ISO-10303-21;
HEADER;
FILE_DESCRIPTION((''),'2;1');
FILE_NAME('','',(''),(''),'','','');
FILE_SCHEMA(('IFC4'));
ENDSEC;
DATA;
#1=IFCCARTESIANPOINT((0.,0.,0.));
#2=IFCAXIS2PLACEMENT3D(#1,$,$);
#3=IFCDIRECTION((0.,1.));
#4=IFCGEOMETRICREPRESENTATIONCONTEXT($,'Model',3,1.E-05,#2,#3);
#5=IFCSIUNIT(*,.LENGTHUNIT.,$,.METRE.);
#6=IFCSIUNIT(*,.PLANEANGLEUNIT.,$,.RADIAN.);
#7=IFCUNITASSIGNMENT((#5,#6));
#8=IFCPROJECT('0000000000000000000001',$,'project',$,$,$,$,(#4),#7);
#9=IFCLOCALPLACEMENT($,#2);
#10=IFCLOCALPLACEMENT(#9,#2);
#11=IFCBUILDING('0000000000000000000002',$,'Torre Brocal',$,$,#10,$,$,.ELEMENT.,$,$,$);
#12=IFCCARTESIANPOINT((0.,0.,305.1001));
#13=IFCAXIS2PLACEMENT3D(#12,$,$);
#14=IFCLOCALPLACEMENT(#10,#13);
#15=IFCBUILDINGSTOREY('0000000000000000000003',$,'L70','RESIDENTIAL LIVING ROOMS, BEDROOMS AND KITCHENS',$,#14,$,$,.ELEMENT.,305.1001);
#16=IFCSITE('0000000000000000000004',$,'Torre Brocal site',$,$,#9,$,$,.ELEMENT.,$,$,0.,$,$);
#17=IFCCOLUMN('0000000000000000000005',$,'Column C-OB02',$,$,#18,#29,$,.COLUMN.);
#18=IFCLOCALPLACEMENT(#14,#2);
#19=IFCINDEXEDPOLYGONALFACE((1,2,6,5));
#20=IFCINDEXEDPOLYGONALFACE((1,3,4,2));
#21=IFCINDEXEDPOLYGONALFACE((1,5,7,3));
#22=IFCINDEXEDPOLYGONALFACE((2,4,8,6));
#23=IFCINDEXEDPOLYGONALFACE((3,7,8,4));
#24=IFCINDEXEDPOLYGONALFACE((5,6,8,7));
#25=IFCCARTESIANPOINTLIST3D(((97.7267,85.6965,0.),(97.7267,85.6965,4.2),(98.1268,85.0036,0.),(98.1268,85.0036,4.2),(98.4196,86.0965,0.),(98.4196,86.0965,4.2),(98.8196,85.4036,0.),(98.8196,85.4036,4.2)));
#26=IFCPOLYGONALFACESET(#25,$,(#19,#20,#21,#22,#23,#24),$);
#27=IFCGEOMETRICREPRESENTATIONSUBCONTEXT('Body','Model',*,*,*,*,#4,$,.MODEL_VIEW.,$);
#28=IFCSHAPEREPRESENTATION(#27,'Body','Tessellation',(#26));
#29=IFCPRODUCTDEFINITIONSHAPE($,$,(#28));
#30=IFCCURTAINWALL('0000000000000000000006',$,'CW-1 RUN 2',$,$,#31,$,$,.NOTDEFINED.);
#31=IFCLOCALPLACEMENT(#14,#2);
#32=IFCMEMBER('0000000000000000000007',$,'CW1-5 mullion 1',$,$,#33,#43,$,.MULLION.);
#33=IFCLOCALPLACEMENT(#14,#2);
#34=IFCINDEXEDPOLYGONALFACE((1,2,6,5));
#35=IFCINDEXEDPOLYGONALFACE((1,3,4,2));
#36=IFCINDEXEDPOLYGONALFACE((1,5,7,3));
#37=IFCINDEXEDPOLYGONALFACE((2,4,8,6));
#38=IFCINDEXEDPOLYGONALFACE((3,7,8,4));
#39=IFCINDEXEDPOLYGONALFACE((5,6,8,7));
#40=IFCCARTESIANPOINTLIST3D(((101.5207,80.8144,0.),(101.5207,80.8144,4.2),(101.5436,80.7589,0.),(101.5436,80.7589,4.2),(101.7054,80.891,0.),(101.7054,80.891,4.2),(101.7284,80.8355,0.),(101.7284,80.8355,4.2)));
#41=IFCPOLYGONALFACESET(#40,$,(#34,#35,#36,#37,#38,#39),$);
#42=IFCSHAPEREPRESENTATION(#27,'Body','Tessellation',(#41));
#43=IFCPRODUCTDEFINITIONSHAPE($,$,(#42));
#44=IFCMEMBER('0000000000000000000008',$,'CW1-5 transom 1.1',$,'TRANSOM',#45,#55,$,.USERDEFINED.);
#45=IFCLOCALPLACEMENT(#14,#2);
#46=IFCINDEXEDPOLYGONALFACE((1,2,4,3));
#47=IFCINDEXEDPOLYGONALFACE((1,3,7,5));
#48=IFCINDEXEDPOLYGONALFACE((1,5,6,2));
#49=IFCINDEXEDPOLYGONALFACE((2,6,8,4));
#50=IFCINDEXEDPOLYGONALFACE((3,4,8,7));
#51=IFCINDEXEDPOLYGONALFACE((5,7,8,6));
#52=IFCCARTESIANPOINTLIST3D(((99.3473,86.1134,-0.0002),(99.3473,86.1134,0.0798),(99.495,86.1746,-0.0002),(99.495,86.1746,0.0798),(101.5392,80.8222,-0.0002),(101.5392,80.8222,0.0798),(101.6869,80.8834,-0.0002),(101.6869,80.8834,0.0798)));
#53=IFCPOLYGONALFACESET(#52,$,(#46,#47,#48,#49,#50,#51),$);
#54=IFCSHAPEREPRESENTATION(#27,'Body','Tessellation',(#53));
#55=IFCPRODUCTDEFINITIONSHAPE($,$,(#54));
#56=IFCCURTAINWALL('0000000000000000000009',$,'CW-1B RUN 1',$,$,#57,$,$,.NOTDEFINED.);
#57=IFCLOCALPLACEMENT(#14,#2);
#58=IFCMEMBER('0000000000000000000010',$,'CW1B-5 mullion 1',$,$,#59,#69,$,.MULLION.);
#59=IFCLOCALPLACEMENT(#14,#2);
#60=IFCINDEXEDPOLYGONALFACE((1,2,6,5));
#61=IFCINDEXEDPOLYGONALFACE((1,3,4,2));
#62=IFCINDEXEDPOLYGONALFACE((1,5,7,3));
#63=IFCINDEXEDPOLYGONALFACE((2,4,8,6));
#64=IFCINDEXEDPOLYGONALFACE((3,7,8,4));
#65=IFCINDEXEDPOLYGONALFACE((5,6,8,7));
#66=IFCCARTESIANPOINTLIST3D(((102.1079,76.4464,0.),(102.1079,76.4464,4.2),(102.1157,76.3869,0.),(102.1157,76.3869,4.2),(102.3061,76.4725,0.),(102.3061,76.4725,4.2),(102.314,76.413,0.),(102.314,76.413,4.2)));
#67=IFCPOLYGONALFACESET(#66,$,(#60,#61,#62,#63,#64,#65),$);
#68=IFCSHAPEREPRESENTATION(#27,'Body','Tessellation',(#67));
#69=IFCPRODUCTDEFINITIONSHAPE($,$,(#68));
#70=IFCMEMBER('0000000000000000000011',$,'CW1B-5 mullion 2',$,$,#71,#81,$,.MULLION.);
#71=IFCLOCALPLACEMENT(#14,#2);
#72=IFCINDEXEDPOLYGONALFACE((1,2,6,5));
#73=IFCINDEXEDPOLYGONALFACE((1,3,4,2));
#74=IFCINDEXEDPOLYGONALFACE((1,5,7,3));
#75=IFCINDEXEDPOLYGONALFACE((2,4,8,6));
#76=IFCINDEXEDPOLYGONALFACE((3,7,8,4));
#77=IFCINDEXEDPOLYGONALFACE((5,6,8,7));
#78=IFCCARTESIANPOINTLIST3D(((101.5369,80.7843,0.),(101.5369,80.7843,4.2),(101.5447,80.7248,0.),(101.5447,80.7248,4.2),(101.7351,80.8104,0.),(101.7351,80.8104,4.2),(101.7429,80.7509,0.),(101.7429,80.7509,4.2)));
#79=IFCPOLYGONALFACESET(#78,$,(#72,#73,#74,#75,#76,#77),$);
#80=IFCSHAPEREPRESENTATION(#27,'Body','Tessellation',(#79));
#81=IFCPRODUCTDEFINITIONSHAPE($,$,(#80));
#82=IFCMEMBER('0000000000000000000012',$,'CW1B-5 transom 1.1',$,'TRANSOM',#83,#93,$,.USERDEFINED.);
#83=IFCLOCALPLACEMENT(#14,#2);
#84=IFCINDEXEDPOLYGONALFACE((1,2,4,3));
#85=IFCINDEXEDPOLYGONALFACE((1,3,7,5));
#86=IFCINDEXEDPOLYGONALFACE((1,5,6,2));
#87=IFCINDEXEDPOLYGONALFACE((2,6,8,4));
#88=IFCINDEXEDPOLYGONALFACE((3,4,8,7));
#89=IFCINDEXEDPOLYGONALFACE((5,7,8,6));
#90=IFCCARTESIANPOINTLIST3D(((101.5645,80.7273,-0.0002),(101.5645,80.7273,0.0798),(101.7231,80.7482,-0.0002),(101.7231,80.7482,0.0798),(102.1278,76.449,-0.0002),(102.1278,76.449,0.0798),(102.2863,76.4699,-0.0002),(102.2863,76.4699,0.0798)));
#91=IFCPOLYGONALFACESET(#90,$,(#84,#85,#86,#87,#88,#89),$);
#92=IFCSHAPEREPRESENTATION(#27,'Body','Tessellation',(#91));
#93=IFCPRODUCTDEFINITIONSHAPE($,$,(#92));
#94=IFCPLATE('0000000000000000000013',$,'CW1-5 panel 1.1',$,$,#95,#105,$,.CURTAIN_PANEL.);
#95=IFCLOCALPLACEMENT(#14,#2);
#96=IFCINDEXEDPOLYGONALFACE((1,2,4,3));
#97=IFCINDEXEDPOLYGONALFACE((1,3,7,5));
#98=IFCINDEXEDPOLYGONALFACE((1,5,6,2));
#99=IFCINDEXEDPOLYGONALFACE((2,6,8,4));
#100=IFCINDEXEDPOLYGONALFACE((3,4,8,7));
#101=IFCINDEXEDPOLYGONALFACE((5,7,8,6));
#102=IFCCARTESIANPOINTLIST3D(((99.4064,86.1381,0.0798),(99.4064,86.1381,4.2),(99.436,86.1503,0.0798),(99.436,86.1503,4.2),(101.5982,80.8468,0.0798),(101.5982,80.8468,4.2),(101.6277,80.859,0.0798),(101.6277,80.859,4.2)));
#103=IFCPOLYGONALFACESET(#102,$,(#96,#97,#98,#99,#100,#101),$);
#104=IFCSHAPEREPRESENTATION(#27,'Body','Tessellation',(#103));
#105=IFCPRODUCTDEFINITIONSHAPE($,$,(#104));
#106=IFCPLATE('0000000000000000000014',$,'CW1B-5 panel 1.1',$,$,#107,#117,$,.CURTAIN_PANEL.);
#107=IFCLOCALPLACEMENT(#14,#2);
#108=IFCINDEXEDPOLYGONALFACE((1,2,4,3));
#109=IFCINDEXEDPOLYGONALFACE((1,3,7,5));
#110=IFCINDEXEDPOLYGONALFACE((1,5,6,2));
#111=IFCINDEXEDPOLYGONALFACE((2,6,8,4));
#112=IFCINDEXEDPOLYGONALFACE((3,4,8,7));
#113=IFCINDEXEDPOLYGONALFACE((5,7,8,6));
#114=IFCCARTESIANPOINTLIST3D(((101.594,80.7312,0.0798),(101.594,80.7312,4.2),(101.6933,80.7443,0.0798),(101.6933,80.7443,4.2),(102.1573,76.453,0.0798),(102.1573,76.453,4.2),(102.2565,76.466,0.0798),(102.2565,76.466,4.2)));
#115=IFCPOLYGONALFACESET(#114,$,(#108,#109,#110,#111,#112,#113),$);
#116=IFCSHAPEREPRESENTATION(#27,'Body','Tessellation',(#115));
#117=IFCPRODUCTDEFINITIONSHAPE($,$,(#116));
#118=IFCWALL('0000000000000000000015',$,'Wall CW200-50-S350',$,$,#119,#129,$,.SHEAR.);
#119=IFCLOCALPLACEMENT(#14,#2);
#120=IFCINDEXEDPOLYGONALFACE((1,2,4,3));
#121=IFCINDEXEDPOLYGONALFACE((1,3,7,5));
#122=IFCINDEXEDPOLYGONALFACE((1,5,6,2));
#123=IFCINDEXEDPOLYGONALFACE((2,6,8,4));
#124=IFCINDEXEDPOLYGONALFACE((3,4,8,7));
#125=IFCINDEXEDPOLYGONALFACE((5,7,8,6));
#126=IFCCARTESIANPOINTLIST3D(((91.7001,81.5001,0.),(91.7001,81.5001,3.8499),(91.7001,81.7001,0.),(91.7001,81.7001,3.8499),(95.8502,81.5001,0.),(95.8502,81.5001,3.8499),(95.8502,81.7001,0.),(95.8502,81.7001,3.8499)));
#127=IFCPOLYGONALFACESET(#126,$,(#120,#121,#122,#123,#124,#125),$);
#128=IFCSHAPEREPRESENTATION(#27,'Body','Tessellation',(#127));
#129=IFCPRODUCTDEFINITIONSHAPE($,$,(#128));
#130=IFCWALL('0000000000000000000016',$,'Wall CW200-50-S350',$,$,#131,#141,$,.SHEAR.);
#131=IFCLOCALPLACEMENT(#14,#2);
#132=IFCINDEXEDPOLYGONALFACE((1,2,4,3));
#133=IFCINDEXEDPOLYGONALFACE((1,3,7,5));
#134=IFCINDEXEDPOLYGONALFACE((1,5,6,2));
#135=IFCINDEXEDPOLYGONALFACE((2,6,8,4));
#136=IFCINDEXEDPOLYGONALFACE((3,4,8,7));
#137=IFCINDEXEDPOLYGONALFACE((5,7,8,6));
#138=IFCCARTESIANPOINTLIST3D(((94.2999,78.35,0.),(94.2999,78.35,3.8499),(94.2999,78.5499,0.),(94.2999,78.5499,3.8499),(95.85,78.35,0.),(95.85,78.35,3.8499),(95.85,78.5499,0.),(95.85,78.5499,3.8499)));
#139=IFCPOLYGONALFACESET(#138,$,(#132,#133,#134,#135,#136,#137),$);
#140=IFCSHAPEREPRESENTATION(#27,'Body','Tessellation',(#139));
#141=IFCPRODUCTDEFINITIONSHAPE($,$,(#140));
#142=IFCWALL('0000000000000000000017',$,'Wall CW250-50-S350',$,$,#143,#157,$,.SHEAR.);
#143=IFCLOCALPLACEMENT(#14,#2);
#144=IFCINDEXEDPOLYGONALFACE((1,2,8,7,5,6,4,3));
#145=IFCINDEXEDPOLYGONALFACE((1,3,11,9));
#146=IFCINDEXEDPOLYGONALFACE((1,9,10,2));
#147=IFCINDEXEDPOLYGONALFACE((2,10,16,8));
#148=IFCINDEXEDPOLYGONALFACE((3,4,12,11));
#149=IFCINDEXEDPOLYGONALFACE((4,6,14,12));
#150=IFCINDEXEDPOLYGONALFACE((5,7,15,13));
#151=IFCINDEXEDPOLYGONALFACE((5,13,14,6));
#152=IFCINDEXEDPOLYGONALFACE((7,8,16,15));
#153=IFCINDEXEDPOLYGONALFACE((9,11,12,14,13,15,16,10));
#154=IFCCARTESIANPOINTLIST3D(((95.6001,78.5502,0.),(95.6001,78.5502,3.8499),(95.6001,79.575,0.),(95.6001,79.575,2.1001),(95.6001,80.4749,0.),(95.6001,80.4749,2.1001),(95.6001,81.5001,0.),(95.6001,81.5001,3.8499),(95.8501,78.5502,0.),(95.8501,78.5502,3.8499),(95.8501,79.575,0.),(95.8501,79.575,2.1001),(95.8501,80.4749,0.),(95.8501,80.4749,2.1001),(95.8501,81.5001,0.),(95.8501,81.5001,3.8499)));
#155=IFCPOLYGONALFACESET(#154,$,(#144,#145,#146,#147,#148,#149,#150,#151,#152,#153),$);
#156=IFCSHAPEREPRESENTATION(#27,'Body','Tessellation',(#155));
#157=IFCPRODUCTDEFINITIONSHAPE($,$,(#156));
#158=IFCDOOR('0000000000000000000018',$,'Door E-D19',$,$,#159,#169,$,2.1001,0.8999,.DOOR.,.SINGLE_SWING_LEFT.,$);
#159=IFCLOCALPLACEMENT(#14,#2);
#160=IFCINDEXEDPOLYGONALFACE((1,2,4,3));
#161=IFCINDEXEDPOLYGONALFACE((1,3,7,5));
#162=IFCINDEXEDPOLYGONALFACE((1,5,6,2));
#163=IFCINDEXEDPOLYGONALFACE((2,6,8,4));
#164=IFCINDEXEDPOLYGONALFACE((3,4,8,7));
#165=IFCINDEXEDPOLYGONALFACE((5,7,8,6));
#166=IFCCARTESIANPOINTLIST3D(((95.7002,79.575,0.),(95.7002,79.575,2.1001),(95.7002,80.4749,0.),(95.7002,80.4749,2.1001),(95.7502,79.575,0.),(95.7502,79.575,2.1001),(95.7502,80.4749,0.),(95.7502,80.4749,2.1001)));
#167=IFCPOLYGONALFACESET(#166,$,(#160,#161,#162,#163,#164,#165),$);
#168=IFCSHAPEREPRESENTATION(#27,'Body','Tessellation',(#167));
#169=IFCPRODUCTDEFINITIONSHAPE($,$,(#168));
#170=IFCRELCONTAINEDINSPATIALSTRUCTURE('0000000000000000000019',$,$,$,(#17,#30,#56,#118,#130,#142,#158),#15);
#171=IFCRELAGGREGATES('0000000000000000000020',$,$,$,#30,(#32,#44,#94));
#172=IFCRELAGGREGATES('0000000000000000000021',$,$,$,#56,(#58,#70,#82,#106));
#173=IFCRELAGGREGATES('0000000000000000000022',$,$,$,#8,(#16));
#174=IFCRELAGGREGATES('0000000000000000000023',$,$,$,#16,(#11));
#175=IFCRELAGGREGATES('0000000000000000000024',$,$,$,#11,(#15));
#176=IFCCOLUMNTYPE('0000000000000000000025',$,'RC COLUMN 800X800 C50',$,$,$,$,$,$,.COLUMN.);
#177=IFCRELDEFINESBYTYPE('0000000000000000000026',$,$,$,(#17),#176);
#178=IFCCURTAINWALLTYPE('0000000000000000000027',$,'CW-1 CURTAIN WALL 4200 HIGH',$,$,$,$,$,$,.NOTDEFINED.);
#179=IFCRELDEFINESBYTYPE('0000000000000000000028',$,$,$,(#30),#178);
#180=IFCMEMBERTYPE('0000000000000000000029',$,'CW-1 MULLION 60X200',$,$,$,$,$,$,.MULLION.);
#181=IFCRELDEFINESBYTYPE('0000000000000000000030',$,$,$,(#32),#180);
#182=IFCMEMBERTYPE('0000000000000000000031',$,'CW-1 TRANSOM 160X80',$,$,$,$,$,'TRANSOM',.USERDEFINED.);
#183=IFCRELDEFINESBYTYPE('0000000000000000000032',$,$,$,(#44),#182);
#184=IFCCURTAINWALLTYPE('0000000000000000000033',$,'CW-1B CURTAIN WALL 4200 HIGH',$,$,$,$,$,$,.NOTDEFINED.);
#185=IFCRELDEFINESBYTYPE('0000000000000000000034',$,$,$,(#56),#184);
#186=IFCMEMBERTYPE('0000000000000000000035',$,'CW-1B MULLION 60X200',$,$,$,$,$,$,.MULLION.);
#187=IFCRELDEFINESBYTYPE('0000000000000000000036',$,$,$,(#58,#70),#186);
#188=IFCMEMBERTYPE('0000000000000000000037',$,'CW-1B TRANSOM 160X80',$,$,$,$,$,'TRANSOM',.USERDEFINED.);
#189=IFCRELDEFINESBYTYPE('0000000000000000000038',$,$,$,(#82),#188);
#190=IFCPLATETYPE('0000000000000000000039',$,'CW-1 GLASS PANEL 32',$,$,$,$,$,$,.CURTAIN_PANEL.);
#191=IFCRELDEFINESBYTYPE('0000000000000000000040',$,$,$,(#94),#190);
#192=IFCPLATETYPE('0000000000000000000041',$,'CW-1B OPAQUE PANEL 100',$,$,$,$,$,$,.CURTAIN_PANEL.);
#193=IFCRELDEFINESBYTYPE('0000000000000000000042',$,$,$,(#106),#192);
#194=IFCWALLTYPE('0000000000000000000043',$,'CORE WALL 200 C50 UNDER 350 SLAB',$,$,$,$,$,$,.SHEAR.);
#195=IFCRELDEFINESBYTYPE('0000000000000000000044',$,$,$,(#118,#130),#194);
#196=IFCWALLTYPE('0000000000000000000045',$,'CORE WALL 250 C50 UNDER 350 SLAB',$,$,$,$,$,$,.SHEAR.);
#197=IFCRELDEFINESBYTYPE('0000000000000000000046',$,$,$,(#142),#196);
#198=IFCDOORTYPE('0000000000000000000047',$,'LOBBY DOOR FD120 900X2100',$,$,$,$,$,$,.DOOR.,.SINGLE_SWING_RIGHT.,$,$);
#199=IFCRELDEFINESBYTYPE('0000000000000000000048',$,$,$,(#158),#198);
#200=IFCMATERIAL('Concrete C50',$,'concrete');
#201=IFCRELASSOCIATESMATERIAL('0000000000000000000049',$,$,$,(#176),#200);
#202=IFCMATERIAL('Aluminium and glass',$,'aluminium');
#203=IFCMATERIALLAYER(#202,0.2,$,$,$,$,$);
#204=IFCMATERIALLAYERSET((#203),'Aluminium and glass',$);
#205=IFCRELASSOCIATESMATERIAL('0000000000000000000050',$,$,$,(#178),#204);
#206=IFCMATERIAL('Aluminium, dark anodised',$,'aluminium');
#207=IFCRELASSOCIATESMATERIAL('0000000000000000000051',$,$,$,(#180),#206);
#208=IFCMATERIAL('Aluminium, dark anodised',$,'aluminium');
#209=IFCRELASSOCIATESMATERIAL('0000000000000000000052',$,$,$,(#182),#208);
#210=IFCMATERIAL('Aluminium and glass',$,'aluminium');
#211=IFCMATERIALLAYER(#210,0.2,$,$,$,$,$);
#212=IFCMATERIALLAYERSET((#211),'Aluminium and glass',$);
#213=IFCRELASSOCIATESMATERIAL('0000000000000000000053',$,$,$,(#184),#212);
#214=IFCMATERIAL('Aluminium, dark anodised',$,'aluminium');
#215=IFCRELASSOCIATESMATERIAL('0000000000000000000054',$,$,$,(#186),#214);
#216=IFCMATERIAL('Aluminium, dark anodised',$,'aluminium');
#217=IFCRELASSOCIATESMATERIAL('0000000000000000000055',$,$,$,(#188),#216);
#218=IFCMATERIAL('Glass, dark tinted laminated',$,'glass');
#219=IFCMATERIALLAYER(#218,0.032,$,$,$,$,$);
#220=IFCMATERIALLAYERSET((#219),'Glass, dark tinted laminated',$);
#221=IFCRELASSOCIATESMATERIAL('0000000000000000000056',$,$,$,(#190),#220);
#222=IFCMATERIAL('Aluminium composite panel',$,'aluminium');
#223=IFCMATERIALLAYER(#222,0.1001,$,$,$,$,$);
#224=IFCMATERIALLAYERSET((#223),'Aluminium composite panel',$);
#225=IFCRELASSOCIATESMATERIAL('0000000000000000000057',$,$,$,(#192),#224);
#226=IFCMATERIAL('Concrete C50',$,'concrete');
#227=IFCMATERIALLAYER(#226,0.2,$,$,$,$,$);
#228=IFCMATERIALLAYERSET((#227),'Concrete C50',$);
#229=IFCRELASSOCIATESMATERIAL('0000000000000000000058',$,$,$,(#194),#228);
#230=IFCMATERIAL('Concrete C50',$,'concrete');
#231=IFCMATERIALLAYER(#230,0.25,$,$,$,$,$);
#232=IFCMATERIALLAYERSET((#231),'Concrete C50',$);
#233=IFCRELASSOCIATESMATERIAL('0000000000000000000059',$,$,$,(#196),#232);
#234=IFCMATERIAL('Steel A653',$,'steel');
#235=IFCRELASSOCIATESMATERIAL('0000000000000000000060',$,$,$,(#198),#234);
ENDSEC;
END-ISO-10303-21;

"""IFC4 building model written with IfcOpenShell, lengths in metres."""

from ifc_helpers import new_model, si_unit, direction, frame, frame_2d, origin, origin_2d, place, context, subcontext, project, spatial, rectangle, extrude, material, layer, layer_set, material_profile, profile_set, type_object, element, fill, aggregate, save


model = new_model("IFC4")

# Units and contexts
model_context = context("Model", 3, precision=1e-05, world=origin(), true_north=direction((0.0, 1.0)))
body_context = subcontext(model_context, "Body", "Model", "MODEL_VIEW")
ifc_project = project(units=[si_unit("LENGTHUNIT", "METRE"), si_unit("PLANEANGLEUNIT", "RADIAN")], contexts=[model_context])

# Site, building, storey
site_placement = place(None, origin())
site = spatial("IfcSite", under=ifc_project, at=site_placement, Name="Torre Brocal site", CompositionType="ELEMENT", RefElevation=0.0)
building_placement = place(site_placement, origin())
building = spatial("IfcBuilding", under=site, at=building_placement, Name="Torre Brocal", CompositionType="ELEMENT")
storey_placement = place(building_placement, frame((0.0, 0.0, 305.1001)))
storey = spatial("IfcBuildingStorey", under=building, at=storey_placement, Name="L70", Description="RESIDENTIAL LIVING ROOMS, BEDROOMS AND KITCHENS", CompositionType="ELEMENT", Elevation=305.1001)

# Column
ifc_material_1 = material(Name="Concrete C50", Category="concrete")
ifc_material_profile_1 = material_profile(ifc_material_1, rectangle(XDim=0.8, YDim=0.8, at=origin_2d()), Name="RC 800X800")
ifc_profile_set_1 = profile_set([ifc_material_profile_1], Name="Concrete C50")
column_type = type_object("IfcColumnType", Name="RC COLUMN 800X800 C50", PredefinedType="COLUMN", material=ifc_profile_set_1)
column_placement = place(storey_placement, frame((98.2732, 85.55, 0.0), z_axis=(0.0, 0.0, 1.0), x_axis=(0.866025, 0.5, 0.0)))
element("IfcColumn", 1, at=column_placement, inside=storey, type_object=column_type, Name="Column C-OB02", PredefinedType="COLUMN", context=body_context, shape_type="SweptSolid", body=[
    extrude(rectangle(XDim=0.8, YDim=0.8, at=origin_2d()), origin(), (0.0, 0.0, 1.0), 4.2),
])

# Curtain walls, members
ifc_material_2 = material(Name="Aluminium and glass", Category="aluminium")
ifc_layer_1 = layer(ifc_material_2, 0.2)
ifc_layer_set_1 = layer_set([ifc_layer_1], Name="Aluminium and glass")
curtain_wall_type_1 = type_object("IfcCurtainWallType", Name="CW-1 CURTAIN WALL 4200 HIGH", PredefinedType="NOTDEFINED", material=ifc_layer_set_1)
curtain_wall_1_placement = place(storey_placement, origin())
curtain_wall_1 = element("IfcCurtainWall", 2, at=curtain_wall_1_placement, inside=storey, type_object=curtain_wall_type_1, Name="CW-1 RUN 2", PredefinedType="NOTDEFINED")
ifc_material_3 = material(Name="Aluminium, dark anodised", Category="aluminium")
ifc_material_profile_2 = material_profile(ifc_material_3, rectangle(XDim=0.2, YDim=0.0601, at=origin_2d()), Name="CW-1 MULLION 60X200")
ifc_profile_set_2 = profile_set([ifc_material_profile_2], Name="Aluminium, dark anodised")
member_type_1 = type_object("IfcMemberType", Name="CW-1 MULLION 60X200", PredefinedType="MULLION", material=ifc_profile_set_2)
member_1_placement = place(storey_placement, frame((101.6245, 80.825, 0.0), z_axis=(0.0, 0.0, 1.0), x_axis=(-0.92388, -0.382683, 0.0)))
member_1 = element("IfcMember", 3, at=member_1_placement, type_object=member_type_1, Name="CW1-5 mullion 1", PredefinedType="MULLION", context=body_context, shape_type="SweptSolid", body=[
    extrude(rectangle(XDim=0.2, YDim=0.0601, at=origin_2d()), origin(), (0.0, 0.0, 1.0), 4.2),
])
ifc_material_4 = material(Name="Aluminium, dark anodised", Category="aluminium")
ifc_material_profile_3 = material_profile(ifc_material_4, rectangle(XDim=0.1599, YDim=0.0801, at=origin_2d()), Name="CW-1 TRANSOM 160X80")
ifc_profile_set_3 = profile_set([ifc_material_profile_3], Name="Aluminium, dark anodised")
member_type_2 = type_object("IfcMemberType", Name="CW-1 TRANSOM 160X80", ElementType="TRANSOM", PredefinedType="USERDEFINED", material=ifc_profile_set_3)
member_2_placement = place(storey_placement, frame((101.613, 80.8528, 0.0398), z_axis=(-0.382711, 0.923868, 0.0), x_axis=(-0.923868, -0.382711, 0.0)))
member_2 = element("IfcMember", 4, at=member_2_placement, type_object=member_type_2, Name="CW1-5 transom 1.1", ObjectType="TRANSOM", PredefinedType="USERDEFINED", context=body_context, shape_type="SweptSolid", body=[
    extrude(rectangle(XDim=0.1599, YDim=0.0801, at=origin_2d()), origin(), (0.0, 0.0, 1.0), 5.7273),
])
ifc_material_5 = material(Name="Aluminium and glass", Category="aluminium")
ifc_layer_2 = layer(ifc_material_5, 0.2)
ifc_layer_set_2 = layer_set([ifc_layer_2], Name="Aluminium and glass")
curtain_wall_type_2 = type_object("IfcCurtainWallType", Name="CW-1B CURTAIN WALL 4200 HIGH", PredefinedType="NOTDEFINED", material=ifc_layer_set_2)
curtain_wall_2_placement = place(storey_placement, origin())
curtain_wall_2 = element("IfcCurtainWall", 5, at=curtain_wall_2_placement, inside=storey, type_object=curtain_wall_type_2, Name="CW-1B RUN 1", PredefinedType="NOTDEFINED")
ifc_material_6 = material(Name="Aluminium, dark anodised", Category="aluminium")
ifc_material_profile_4 = material_profile(ifc_material_6, rectangle(XDim=0.2, YDim=0.0601, at=origin_2d()), Name="CW-1B MULLION 60X200")
ifc_profile_set_4 = profile_set([ifc_material_profile_4], Name="Aluminium, dark anodised")
member_type_3 = type_object("IfcMemberType", Name="CW-1B MULLION 60X200", PredefinedType="MULLION", material=ifc_profile_set_4)
member_3_placement = place(storey_placement, frame((102.2109, 76.4297, 0.0), z_axis=(0.0, 0.0, 1.0), x_axis=(-0.991445, -0.130526, 0.0)))
member_3 = element("IfcMember", 6, at=member_3_placement, type_object=member_type_3, Name="CW1B-5 mullion 1", PredefinedType="MULLION", context=body_context, shape_type="SweptSolid", body=[
    extrude(rectangle(XDim=0.2, YDim=0.0601, at=origin_2d()), origin(), (0.0, 0.0, 1.0), 4.2),
])
member_4_placement = place(storey_placement, frame((101.6399, 80.7676, 0.0), z_axis=(0.0, 0.0, 1.0), x_axis=(-0.991445, -0.130526, 0.0)))
member_4 = element("IfcMember", 7, at=member_4_placement, type_object=member_type_3, Name="CW1B-5 mullion 2", PredefinedType="MULLION", context=body_context, shape_type="SweptSolid", body=[
    extrude(rectangle(XDim=0.2, YDim=0.0601, at=origin_2d()), origin(), (0.0, 0.0, 1.0), 4.2),
])
ifc_material_7 = material(Name="Aluminium, dark anodised", Category="aluminium")
ifc_material_profile_5 = material_profile(ifc_material_7, rectangle(XDim=0.1599, YDim=0.0801, at=origin_2d()), Name="CW-1B TRANSOM 160X80")
ifc_profile_set_5 = profile_set([ifc_material_profile_5], Name="Aluminium, dark anodised")
member_type_4 = type_object("IfcMemberType", Name="CW-1B TRANSOM 160X80", ElementType="TRANSOM", PredefinedType="USERDEFINED", material=ifc_profile_set_5)
member_5_placement = place(storey_placement, frame((102.207, 76.4595, 0.0398), z_axis=(-0.130522, 0.991445, 0.0), x_axis=(-0.991445, -0.130522, 0.0)))
member_5 = element("IfcMember", 8, at=member_5_placement, type_object=member_type_4, Name="CW1B-5 transom 1.1", ObjectType="TRANSOM", PredefinedType="USERDEFINED", context=body_context, shape_type="SweptSolid", body=[
    extrude(rectangle(XDim=0.1599, YDim=0.0801, at=origin_2d()), origin(), (0.0, 0.0, 1.0), 4.3152),
])

# Plates
ifc_material_8 = material(Name="Glass, dark tinted laminated", Category="glass")
ifc_layer_3 = layer(ifc_material_8, 0.032)
ifc_layer_set_3 = layer_set([ifc_layer_3], Name="Glass, dark tinted laminated")
plate_type_1 = type_object("IfcPlateType", Name="CW-1 GLASS PANEL 32", PredefinedType="CURTAIN_PANEL", material=ifc_layer_set_3)
plate_1_placement = place(storey_placement, frame((100.5171, 83.4985, 0.0798), z_axis=(0.0, 0.0, 1.0), x_axis=(-0.382683, 0.92388, 0.0)))
plate_1 = element("IfcPlate", 9, at=plate_1_placement, type_object=plate_type_1, Name="CW1-5 panel 1.1", PredefinedType="CURTAIN_PANEL", context=body_context, shape_type="SweptSolid", body=[
    extrude(rectangle(XDim=5.7273, YDim=0.032, at=origin_2d()), origin(), (0.0, 0.0, 1.0), 4.1201),
])
aggregate(curtain_wall_1, [member_1, member_2, plate_1])
ifc_material_9 = material(Name="Aluminium composite panel", Category="aluminium")
ifc_layer_4 = layer(ifc_material_9, 0.1001)
ifc_layer_set_4 = layer_set([ifc_layer_4], Name="Aluminium composite panel")
plate_type_2 = type_object("IfcPlateType", Name="CW-1B OPAQUE PANEL 100", PredefinedType="CURTAIN_PANEL", material=ifc_layer_set_4)
plate_2_placement = place(storey_placement, frame((101.9253, 78.5986, 0.0798), z_axis=(0.0, 0.0, 1.0), x_axis=(-0.130526, 0.991445, 0.0)))
plate_2 = element("IfcPlate", 10, at=plate_2_placement, type_object=plate_type_2, Name="CW1B-5 panel 1.1", PredefinedType="CURTAIN_PANEL", context=body_context, shape_type="SweptSolid", body=[
    extrude(rectangle(XDim=4.3152, YDim=0.1001, at=origin_2d()), origin(), (0.0, 0.0, 1.0), 4.1201),
])
aggregate(curtain_wall_2, [member_3, member_4, member_5, plate_2])

# Walls
ifc_material_10 = material(Name="Concrete C50", Category="concrete")
ifc_layer_5 = layer(ifc_material_10, 0.2)
ifc_layer_set_5 = layer_set([ifc_layer_5], Name="Concrete C50")
wall_type_1 = type_object("IfcWallType", Name="CORE WALL 200 C50 UNDER 350 SLAB", PredefinedType="SHEAR", material=ifc_layer_set_5)
wall_1_placement = place(storey_placement, frame((91.7, 81.6001, 0.0), z_axis=(0.0, 0.0, 1.0), x_axis=(1.0, 0.0, 0.0)))
element("IfcWall", 11, at=wall_1_placement, inside=storey, type_object=wall_type_1, Name="Wall CW200-50-S350", PredefinedType="SHEAR", context=body_context, shape_type="SweptSolid", body=[
    extrude(rectangle(XDim=4.1501, YDim=0.2, at=frame_2d((2.0752, 0.0))), origin(), (0.0, 0.0, 1.0), 3.8499),
])
wall_2_placement = place(storey_placement, frame((94.3, 78.45, 0.0), z_axis=(0.0, 0.0, 1.0), x_axis=(1.0, 0.0, 0.0)))
element("IfcWall", 12, at=wall_2_placement, inside=storey, type_object=wall_type_1, Name="Wall CW200-50-S350", PredefinedType="SHEAR", context=body_context, shape_type="SweptSolid", body=[
    extrude(rectangle(XDim=1.55, YDim=0.2, at=frame_2d((0.7749, 0.0))), origin(), (0.0, 0.0, 1.0), 3.8499),
])

# Wall, opening, door
ifc_material_11 = material(Name="Concrete C50", Category="concrete")
ifc_layer_6 = layer(ifc_material_11, 0.25)
ifc_layer_set_6 = layer_set([ifc_layer_6], Name="Concrete C50")
wall_type_2 = type_object("IfcWallType", Name="CORE WALL 250 C50 UNDER 350 SLAB", PredefinedType="SHEAR", material=ifc_layer_set_6)
wall_3_placement = place(storey_placement, frame((95.7251, 78.55, 0.0), z_axis=(0.0, 0.0, 1.0), x_axis=(0.0, 1.0, 0.0)))
wall_3 = element("IfcWall", 13, at=wall_3_placement, inside=storey, type_object=wall_type_2, Name="Wall CW250-50-S350", PredefinedType="SHEAR", context=body_context, shape_type="SweptSolid", body=[
    extrude(rectangle(XDim=2.95, YDim=0.25, at=frame_2d((1.4751, 0.0))), origin(), (0.0, 0.0, 1.0), 3.8499),
])
opening_1_placement = place(wall_3_placement, frame((1.0249, 0.0, 0.0)))
opening_1 = element("IfcOpeningElement", 14, at=opening_1_placement, cuts=wall_3, PredefinedType="OPENING", context=body_context, shape_type="SweptSolid", body=[
    extrude(rectangle(XDim=0.8999, YDim=2.1001, at=frame_2d((0.45, 1.05))), frame((0.0, 0.135, 0.0), z_axis=(0.0, -1.0, 0.0), x_axis=(1.0, 0.0, 0.0)), (0.0, 0.0, 1.0), 0.27),
])
ifc_material_12 = material(Name="Steel A653", Category="steel")
door_type_1 = type_object("IfcDoorType", Name="LOBBY DOOR FD120 900X2100", OperationType="SINGLE_SWING_RIGHT", PredefinedType="DOOR", material=ifc_material_12)
door_1_placement = place(opening_1_placement, origin())
door_1 = element("IfcDoor", 15, at=door_1_placement, inside=storey, type_object=door_type_1, Name="Door E-D19", OperationType="SINGLE_SWING_LEFT", OverallHeight=2.1001, OverallWidth=0.8999, PredefinedType="DOOR", context=body_context, shape_type="SweptSolid", body=[
    extrude(rectangle(XDim=0.8999, YDim=2.1001, at=frame_2d((0.45, 1.05))), frame((0.0, 0.0249, 0.0), z_axis=(0.0, -1.0, 0.0), x_axis=(1.0, 0.0, 0.0)), (0.0, 0.0, 1.0), 0.05),
])
fill(opening_1, door_1)

save(model, "model.ifc")
